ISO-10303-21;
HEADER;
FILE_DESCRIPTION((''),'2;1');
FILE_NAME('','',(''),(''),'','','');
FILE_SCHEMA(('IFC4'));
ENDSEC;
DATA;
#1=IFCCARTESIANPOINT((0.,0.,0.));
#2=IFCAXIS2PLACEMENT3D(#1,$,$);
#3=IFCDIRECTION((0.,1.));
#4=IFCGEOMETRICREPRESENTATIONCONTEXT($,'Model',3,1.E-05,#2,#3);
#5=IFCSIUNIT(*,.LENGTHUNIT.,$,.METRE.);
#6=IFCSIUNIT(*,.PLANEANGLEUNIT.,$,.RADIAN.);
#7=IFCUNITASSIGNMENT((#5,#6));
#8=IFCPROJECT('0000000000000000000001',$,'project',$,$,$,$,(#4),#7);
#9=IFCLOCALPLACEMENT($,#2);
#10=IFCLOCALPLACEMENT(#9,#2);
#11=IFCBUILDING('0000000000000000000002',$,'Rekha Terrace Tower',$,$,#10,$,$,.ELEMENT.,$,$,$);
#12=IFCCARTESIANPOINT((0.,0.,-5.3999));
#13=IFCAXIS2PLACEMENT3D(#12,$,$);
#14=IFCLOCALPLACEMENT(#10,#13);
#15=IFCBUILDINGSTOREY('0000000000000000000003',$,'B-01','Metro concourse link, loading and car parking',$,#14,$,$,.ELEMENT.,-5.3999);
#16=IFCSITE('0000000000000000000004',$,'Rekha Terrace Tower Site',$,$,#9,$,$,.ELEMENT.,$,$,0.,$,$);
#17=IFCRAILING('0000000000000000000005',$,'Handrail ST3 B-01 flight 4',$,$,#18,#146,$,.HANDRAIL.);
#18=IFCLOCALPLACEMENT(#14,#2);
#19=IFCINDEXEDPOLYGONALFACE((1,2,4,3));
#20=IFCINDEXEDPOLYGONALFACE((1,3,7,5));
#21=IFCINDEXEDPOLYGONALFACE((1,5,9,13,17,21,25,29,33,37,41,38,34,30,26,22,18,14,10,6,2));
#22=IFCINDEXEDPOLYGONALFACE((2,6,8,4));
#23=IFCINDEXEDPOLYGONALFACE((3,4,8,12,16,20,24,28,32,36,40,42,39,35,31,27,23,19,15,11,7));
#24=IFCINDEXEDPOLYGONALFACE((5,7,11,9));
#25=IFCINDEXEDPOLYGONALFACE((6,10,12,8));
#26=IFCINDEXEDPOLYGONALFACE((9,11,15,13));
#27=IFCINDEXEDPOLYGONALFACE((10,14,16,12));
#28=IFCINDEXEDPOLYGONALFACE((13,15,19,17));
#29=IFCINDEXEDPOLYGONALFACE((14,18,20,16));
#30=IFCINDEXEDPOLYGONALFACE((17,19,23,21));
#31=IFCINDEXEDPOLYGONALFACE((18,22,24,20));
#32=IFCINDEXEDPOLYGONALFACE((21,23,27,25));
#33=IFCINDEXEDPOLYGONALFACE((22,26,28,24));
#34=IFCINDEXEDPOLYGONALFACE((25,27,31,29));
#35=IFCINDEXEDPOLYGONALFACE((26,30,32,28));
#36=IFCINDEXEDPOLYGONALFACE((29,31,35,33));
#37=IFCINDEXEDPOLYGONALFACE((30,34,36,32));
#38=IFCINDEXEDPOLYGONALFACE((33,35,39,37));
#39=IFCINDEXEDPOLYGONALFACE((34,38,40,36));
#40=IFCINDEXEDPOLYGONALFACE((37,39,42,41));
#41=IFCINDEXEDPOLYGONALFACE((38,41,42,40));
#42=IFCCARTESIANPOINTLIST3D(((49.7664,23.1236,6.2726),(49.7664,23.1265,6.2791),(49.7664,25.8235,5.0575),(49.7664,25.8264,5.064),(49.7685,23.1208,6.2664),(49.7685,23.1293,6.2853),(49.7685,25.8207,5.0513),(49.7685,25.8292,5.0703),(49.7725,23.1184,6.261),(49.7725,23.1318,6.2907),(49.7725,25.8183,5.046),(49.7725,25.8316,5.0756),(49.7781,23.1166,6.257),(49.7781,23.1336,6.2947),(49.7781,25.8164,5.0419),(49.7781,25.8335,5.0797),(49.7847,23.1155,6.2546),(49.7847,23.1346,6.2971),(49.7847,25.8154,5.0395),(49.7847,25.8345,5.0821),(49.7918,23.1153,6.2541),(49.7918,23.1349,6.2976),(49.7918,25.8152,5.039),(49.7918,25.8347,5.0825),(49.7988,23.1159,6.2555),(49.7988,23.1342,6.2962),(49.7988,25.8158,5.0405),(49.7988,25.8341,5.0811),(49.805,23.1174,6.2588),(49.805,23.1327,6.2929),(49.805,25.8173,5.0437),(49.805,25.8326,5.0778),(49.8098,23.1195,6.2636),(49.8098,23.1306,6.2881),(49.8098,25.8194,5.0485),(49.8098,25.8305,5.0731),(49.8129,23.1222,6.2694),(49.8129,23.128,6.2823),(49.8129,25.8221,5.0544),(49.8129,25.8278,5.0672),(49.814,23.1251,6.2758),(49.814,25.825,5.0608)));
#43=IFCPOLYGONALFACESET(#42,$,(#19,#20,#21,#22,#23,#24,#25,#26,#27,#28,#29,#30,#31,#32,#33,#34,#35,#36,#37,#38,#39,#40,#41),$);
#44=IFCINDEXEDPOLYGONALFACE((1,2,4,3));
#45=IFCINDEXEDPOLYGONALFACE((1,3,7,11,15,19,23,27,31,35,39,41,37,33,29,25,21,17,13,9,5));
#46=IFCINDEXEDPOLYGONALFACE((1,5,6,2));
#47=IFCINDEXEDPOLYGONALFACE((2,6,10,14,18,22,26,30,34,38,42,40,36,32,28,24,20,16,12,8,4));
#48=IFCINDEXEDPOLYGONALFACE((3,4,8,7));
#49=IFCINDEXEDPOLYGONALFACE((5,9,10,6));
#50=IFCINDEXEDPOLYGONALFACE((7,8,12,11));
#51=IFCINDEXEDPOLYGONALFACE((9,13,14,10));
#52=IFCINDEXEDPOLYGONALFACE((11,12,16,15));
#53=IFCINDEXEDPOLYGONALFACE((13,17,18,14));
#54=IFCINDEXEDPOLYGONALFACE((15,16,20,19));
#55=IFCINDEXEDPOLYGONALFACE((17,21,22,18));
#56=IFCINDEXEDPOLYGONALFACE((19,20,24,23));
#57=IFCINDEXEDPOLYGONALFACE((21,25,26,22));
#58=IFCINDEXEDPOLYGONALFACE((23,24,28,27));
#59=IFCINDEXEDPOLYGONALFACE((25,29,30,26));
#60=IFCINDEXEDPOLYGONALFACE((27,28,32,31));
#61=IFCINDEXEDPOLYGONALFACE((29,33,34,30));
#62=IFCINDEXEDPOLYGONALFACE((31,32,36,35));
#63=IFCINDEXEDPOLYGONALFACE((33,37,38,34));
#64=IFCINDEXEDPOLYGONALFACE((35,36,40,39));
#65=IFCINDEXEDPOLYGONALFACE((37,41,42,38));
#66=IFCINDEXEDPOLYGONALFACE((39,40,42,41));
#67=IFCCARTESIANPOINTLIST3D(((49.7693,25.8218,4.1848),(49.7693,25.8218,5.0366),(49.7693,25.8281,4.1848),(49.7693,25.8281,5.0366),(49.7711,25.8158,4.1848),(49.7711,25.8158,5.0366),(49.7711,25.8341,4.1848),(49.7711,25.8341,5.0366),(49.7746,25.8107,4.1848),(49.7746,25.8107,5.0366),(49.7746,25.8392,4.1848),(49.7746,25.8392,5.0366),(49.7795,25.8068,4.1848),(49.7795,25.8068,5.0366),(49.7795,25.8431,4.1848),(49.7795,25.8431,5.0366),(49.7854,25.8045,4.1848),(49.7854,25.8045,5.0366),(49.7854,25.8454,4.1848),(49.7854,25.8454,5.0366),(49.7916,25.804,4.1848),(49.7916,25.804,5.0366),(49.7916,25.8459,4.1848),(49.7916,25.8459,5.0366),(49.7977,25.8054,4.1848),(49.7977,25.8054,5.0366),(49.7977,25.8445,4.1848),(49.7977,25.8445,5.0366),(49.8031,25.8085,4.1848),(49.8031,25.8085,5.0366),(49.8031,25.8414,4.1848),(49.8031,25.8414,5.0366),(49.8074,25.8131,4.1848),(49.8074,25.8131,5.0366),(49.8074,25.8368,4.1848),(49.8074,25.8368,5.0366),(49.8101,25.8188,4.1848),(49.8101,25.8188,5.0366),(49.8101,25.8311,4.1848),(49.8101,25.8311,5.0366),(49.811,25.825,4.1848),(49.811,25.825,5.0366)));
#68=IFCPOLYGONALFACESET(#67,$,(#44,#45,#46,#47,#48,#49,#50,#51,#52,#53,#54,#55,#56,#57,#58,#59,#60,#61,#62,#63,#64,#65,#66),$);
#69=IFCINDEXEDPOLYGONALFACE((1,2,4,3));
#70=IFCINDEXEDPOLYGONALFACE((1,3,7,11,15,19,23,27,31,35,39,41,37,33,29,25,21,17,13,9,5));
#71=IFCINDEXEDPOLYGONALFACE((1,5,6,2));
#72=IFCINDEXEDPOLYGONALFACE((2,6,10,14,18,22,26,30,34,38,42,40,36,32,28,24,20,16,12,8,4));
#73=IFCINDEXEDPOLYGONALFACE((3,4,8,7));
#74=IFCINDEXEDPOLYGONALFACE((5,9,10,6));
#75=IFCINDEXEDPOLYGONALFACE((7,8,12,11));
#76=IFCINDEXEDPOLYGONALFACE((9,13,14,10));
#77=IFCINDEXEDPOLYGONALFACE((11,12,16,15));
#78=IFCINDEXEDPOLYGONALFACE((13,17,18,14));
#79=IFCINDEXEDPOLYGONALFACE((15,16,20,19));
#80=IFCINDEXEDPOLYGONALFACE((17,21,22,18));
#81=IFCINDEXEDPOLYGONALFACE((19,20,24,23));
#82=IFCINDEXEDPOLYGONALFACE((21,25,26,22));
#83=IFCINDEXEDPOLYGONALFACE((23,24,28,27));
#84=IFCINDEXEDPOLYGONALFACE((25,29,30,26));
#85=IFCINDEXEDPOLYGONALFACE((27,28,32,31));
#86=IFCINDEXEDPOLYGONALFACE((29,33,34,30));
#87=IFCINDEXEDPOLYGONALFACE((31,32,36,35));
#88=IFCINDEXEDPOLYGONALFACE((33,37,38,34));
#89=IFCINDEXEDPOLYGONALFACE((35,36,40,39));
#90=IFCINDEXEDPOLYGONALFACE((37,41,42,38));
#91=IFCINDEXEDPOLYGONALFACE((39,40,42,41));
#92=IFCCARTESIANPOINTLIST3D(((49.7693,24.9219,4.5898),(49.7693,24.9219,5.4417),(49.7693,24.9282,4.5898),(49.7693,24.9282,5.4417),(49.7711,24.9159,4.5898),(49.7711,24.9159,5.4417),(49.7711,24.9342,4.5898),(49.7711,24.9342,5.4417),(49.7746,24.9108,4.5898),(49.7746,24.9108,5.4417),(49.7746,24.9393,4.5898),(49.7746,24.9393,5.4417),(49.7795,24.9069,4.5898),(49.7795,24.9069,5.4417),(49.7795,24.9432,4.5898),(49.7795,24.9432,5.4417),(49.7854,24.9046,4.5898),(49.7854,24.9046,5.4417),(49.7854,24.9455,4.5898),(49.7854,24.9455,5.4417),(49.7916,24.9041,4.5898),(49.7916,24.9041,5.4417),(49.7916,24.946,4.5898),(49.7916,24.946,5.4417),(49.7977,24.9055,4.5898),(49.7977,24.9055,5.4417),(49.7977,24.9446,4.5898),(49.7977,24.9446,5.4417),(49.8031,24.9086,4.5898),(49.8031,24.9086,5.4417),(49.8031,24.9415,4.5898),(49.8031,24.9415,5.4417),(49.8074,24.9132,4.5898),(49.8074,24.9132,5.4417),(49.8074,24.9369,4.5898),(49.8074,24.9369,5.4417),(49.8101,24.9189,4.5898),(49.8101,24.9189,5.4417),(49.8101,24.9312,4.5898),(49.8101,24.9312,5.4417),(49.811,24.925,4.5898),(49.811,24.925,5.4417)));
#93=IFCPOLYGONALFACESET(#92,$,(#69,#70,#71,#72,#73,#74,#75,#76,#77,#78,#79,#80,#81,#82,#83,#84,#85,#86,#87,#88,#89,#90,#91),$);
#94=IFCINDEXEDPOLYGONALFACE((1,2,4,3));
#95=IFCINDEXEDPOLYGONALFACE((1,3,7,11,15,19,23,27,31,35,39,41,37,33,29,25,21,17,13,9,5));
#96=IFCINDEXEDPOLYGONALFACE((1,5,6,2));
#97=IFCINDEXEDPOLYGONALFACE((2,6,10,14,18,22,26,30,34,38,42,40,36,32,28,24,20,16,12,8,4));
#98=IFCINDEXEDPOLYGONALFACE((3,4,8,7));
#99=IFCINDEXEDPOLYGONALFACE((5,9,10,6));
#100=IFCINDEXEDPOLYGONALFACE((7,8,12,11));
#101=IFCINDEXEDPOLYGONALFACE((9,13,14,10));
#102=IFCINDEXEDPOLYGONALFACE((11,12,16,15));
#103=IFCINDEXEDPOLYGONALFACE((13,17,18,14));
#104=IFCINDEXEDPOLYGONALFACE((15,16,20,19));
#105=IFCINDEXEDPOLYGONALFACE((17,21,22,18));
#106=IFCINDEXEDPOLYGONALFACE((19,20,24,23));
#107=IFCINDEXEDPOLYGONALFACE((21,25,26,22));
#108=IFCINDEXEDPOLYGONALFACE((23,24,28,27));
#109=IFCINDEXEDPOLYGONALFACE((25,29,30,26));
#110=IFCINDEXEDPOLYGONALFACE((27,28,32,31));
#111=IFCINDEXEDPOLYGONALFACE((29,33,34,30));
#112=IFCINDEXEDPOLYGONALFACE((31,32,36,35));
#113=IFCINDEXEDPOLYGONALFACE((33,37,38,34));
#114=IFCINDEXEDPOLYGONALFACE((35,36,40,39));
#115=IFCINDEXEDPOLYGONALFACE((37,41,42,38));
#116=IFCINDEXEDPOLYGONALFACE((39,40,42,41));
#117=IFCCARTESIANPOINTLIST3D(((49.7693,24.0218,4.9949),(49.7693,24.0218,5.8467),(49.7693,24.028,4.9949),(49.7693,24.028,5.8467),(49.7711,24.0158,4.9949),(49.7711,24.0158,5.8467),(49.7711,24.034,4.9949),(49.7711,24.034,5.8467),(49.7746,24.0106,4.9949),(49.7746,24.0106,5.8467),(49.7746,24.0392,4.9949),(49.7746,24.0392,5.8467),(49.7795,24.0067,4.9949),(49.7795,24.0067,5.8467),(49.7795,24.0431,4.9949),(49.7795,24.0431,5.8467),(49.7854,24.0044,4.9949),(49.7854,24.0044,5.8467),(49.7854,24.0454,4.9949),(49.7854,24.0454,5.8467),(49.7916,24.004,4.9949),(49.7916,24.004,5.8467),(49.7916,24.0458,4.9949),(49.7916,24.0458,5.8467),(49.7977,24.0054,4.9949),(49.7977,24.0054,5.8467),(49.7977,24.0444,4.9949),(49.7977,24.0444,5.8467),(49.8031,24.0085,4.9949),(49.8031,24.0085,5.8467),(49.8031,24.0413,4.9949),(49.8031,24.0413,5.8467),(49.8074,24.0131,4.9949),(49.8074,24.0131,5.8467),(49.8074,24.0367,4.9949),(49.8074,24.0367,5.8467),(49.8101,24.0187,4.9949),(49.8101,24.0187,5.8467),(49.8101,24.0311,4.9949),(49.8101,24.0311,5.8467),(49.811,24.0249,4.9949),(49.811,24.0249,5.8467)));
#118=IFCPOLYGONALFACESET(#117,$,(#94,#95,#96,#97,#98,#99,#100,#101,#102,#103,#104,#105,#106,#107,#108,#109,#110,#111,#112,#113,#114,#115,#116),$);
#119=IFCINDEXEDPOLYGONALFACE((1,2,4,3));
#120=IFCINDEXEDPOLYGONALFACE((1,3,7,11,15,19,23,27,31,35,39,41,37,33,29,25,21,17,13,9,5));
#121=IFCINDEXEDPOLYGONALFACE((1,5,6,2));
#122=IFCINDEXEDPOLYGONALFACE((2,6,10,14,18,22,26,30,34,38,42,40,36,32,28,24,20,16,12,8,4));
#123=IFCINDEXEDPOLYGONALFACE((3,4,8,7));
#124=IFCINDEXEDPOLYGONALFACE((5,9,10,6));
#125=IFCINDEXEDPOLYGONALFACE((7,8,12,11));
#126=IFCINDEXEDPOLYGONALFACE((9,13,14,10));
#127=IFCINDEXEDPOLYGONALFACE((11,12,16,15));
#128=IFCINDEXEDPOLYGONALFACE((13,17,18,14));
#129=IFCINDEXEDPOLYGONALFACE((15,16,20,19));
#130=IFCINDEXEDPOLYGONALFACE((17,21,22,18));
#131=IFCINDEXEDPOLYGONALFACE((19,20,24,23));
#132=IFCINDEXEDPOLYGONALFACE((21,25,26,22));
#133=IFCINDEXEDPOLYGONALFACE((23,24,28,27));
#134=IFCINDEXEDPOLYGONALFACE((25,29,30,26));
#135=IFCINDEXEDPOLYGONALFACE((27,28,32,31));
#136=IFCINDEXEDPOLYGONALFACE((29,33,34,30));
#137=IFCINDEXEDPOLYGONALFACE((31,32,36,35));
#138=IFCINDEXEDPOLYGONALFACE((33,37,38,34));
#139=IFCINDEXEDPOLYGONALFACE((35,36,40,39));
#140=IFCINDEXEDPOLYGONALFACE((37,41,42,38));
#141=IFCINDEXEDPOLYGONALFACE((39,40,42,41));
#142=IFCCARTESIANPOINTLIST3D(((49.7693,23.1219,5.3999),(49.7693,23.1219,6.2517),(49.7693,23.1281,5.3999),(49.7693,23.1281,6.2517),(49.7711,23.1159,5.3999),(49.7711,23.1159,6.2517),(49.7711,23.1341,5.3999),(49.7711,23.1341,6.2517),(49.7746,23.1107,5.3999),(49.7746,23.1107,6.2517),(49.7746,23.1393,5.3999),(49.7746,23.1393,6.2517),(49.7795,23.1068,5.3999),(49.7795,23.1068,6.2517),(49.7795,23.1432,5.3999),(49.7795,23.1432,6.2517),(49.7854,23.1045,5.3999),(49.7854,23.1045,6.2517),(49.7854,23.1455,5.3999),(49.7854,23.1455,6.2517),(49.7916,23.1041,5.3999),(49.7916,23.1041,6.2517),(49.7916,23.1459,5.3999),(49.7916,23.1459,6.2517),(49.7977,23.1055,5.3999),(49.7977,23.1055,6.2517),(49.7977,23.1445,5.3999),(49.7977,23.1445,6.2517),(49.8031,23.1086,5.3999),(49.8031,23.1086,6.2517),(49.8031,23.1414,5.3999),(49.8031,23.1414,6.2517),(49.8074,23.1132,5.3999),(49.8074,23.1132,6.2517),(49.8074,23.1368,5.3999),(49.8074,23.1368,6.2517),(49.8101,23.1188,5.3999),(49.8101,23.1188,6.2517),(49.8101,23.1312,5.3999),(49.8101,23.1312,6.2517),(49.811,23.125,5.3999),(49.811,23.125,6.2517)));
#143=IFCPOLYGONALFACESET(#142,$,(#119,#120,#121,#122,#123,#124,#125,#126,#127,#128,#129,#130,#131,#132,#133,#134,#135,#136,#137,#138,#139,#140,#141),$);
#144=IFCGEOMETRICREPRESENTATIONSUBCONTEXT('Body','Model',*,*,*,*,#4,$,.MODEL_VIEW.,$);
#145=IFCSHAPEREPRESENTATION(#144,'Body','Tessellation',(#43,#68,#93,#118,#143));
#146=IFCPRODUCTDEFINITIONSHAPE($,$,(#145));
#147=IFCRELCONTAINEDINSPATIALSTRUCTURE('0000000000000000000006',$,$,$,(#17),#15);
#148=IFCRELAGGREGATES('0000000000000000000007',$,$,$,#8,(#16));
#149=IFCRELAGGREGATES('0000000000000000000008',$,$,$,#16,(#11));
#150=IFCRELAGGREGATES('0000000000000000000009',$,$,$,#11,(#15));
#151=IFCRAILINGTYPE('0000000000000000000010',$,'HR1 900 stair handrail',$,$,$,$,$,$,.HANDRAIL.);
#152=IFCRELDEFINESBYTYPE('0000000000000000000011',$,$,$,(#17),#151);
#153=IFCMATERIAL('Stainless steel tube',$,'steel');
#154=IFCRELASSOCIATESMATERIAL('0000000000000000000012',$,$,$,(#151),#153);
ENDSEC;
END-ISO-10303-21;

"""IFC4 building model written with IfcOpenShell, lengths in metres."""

from ifc_helpers import new_model, si_unit, direction, frame, origin, origin_2d, place, context, subcontext, project, spatial, circle, extrude, material, type_object, element, save


model = new_model("IFC4")

# Units and contexts
model_context = context("Model", 3, precision=1e-05, world=origin(), true_north=direction((0.0, 1.0)))
body_context = subcontext(model_context, "Body", "Model", "MODEL_VIEW")
ifc_project = project(units=[si_unit("LENGTHUNIT", "METRE"), si_unit("PLANEANGLEUNIT", "RADIAN")], contexts=[model_context])

# Site, building, storey
site_placement = place(None, origin())
site = spatial("IfcSite", under=ifc_project, at=site_placement, Name="Rekha Terrace Tower Site", CompositionType="ELEMENT", RefElevation=0.0)
building_placement = place(site_placement, origin())
building = spatial("IfcBuilding", under=site, at=building_placement, Name="Rekha Terrace Tower", CompositionType="ELEMENT")
storey_placement = place(building_placement, frame((0.0, 0.0, -5.3999)))
storey = spatial("IfcBuildingStorey", under=building, at=storey_placement, Name="B-01", Description="Metro concourse link, loading and car parking", CompositionType="ELEMENT", Elevation=-5.3999)

# Railing
ifc_material_1 = material(Name="Stainless steel tube", Category="steel")
railing_type_1 = type_object("IfcRailingType", Name="HR1 900 stair handrail", PredefinedType="HANDRAIL", material=ifc_material_1)
railing_1_placement = place(storey_placement, frame((49.79, 25.825, 4.1848)))
element("IfcRailing", 1, at=railing_1_placement, inside=storey, type_object=railing_type_1, Name="Handrail ST3 B-01 flight 4", PredefinedType="HANDRAIL", context=body_context, shape_type="SweptSolid", body=[
    extrude(circle(Radius=0.0239, at=origin_2d()), frame((0.0, 0.0, 0.876), z_axis=(0.0, -0.911908, 0.410396), x_axis=(1.0, 0.0, 0.0)), (0.0, 0.0, 1.0), 2.9607),
    extrude(circle(Radius=0.021, at=origin_2d()), origin(), (0.0, 0.0, 1.0), 0.8518),
    extrude(circle(Radius=0.021, at=origin_2d()), frame((0.0, -0.8999, 0.405)), (0.0, 0.0, 1.0), 0.8518),
    extrude(circle(Radius=0.021, at=origin_2d()), frame((0.0, -1.8, 0.8101)), (0.0, 0.0, 1.0), 0.8518),
    extrude(circle(Radius=0.021, at=origin_2d()), frame((0.0, -2.7, 1.2151)), (0.0, 0.0, 1.0), 0.8518),
])

save(model, "model.ifc")
